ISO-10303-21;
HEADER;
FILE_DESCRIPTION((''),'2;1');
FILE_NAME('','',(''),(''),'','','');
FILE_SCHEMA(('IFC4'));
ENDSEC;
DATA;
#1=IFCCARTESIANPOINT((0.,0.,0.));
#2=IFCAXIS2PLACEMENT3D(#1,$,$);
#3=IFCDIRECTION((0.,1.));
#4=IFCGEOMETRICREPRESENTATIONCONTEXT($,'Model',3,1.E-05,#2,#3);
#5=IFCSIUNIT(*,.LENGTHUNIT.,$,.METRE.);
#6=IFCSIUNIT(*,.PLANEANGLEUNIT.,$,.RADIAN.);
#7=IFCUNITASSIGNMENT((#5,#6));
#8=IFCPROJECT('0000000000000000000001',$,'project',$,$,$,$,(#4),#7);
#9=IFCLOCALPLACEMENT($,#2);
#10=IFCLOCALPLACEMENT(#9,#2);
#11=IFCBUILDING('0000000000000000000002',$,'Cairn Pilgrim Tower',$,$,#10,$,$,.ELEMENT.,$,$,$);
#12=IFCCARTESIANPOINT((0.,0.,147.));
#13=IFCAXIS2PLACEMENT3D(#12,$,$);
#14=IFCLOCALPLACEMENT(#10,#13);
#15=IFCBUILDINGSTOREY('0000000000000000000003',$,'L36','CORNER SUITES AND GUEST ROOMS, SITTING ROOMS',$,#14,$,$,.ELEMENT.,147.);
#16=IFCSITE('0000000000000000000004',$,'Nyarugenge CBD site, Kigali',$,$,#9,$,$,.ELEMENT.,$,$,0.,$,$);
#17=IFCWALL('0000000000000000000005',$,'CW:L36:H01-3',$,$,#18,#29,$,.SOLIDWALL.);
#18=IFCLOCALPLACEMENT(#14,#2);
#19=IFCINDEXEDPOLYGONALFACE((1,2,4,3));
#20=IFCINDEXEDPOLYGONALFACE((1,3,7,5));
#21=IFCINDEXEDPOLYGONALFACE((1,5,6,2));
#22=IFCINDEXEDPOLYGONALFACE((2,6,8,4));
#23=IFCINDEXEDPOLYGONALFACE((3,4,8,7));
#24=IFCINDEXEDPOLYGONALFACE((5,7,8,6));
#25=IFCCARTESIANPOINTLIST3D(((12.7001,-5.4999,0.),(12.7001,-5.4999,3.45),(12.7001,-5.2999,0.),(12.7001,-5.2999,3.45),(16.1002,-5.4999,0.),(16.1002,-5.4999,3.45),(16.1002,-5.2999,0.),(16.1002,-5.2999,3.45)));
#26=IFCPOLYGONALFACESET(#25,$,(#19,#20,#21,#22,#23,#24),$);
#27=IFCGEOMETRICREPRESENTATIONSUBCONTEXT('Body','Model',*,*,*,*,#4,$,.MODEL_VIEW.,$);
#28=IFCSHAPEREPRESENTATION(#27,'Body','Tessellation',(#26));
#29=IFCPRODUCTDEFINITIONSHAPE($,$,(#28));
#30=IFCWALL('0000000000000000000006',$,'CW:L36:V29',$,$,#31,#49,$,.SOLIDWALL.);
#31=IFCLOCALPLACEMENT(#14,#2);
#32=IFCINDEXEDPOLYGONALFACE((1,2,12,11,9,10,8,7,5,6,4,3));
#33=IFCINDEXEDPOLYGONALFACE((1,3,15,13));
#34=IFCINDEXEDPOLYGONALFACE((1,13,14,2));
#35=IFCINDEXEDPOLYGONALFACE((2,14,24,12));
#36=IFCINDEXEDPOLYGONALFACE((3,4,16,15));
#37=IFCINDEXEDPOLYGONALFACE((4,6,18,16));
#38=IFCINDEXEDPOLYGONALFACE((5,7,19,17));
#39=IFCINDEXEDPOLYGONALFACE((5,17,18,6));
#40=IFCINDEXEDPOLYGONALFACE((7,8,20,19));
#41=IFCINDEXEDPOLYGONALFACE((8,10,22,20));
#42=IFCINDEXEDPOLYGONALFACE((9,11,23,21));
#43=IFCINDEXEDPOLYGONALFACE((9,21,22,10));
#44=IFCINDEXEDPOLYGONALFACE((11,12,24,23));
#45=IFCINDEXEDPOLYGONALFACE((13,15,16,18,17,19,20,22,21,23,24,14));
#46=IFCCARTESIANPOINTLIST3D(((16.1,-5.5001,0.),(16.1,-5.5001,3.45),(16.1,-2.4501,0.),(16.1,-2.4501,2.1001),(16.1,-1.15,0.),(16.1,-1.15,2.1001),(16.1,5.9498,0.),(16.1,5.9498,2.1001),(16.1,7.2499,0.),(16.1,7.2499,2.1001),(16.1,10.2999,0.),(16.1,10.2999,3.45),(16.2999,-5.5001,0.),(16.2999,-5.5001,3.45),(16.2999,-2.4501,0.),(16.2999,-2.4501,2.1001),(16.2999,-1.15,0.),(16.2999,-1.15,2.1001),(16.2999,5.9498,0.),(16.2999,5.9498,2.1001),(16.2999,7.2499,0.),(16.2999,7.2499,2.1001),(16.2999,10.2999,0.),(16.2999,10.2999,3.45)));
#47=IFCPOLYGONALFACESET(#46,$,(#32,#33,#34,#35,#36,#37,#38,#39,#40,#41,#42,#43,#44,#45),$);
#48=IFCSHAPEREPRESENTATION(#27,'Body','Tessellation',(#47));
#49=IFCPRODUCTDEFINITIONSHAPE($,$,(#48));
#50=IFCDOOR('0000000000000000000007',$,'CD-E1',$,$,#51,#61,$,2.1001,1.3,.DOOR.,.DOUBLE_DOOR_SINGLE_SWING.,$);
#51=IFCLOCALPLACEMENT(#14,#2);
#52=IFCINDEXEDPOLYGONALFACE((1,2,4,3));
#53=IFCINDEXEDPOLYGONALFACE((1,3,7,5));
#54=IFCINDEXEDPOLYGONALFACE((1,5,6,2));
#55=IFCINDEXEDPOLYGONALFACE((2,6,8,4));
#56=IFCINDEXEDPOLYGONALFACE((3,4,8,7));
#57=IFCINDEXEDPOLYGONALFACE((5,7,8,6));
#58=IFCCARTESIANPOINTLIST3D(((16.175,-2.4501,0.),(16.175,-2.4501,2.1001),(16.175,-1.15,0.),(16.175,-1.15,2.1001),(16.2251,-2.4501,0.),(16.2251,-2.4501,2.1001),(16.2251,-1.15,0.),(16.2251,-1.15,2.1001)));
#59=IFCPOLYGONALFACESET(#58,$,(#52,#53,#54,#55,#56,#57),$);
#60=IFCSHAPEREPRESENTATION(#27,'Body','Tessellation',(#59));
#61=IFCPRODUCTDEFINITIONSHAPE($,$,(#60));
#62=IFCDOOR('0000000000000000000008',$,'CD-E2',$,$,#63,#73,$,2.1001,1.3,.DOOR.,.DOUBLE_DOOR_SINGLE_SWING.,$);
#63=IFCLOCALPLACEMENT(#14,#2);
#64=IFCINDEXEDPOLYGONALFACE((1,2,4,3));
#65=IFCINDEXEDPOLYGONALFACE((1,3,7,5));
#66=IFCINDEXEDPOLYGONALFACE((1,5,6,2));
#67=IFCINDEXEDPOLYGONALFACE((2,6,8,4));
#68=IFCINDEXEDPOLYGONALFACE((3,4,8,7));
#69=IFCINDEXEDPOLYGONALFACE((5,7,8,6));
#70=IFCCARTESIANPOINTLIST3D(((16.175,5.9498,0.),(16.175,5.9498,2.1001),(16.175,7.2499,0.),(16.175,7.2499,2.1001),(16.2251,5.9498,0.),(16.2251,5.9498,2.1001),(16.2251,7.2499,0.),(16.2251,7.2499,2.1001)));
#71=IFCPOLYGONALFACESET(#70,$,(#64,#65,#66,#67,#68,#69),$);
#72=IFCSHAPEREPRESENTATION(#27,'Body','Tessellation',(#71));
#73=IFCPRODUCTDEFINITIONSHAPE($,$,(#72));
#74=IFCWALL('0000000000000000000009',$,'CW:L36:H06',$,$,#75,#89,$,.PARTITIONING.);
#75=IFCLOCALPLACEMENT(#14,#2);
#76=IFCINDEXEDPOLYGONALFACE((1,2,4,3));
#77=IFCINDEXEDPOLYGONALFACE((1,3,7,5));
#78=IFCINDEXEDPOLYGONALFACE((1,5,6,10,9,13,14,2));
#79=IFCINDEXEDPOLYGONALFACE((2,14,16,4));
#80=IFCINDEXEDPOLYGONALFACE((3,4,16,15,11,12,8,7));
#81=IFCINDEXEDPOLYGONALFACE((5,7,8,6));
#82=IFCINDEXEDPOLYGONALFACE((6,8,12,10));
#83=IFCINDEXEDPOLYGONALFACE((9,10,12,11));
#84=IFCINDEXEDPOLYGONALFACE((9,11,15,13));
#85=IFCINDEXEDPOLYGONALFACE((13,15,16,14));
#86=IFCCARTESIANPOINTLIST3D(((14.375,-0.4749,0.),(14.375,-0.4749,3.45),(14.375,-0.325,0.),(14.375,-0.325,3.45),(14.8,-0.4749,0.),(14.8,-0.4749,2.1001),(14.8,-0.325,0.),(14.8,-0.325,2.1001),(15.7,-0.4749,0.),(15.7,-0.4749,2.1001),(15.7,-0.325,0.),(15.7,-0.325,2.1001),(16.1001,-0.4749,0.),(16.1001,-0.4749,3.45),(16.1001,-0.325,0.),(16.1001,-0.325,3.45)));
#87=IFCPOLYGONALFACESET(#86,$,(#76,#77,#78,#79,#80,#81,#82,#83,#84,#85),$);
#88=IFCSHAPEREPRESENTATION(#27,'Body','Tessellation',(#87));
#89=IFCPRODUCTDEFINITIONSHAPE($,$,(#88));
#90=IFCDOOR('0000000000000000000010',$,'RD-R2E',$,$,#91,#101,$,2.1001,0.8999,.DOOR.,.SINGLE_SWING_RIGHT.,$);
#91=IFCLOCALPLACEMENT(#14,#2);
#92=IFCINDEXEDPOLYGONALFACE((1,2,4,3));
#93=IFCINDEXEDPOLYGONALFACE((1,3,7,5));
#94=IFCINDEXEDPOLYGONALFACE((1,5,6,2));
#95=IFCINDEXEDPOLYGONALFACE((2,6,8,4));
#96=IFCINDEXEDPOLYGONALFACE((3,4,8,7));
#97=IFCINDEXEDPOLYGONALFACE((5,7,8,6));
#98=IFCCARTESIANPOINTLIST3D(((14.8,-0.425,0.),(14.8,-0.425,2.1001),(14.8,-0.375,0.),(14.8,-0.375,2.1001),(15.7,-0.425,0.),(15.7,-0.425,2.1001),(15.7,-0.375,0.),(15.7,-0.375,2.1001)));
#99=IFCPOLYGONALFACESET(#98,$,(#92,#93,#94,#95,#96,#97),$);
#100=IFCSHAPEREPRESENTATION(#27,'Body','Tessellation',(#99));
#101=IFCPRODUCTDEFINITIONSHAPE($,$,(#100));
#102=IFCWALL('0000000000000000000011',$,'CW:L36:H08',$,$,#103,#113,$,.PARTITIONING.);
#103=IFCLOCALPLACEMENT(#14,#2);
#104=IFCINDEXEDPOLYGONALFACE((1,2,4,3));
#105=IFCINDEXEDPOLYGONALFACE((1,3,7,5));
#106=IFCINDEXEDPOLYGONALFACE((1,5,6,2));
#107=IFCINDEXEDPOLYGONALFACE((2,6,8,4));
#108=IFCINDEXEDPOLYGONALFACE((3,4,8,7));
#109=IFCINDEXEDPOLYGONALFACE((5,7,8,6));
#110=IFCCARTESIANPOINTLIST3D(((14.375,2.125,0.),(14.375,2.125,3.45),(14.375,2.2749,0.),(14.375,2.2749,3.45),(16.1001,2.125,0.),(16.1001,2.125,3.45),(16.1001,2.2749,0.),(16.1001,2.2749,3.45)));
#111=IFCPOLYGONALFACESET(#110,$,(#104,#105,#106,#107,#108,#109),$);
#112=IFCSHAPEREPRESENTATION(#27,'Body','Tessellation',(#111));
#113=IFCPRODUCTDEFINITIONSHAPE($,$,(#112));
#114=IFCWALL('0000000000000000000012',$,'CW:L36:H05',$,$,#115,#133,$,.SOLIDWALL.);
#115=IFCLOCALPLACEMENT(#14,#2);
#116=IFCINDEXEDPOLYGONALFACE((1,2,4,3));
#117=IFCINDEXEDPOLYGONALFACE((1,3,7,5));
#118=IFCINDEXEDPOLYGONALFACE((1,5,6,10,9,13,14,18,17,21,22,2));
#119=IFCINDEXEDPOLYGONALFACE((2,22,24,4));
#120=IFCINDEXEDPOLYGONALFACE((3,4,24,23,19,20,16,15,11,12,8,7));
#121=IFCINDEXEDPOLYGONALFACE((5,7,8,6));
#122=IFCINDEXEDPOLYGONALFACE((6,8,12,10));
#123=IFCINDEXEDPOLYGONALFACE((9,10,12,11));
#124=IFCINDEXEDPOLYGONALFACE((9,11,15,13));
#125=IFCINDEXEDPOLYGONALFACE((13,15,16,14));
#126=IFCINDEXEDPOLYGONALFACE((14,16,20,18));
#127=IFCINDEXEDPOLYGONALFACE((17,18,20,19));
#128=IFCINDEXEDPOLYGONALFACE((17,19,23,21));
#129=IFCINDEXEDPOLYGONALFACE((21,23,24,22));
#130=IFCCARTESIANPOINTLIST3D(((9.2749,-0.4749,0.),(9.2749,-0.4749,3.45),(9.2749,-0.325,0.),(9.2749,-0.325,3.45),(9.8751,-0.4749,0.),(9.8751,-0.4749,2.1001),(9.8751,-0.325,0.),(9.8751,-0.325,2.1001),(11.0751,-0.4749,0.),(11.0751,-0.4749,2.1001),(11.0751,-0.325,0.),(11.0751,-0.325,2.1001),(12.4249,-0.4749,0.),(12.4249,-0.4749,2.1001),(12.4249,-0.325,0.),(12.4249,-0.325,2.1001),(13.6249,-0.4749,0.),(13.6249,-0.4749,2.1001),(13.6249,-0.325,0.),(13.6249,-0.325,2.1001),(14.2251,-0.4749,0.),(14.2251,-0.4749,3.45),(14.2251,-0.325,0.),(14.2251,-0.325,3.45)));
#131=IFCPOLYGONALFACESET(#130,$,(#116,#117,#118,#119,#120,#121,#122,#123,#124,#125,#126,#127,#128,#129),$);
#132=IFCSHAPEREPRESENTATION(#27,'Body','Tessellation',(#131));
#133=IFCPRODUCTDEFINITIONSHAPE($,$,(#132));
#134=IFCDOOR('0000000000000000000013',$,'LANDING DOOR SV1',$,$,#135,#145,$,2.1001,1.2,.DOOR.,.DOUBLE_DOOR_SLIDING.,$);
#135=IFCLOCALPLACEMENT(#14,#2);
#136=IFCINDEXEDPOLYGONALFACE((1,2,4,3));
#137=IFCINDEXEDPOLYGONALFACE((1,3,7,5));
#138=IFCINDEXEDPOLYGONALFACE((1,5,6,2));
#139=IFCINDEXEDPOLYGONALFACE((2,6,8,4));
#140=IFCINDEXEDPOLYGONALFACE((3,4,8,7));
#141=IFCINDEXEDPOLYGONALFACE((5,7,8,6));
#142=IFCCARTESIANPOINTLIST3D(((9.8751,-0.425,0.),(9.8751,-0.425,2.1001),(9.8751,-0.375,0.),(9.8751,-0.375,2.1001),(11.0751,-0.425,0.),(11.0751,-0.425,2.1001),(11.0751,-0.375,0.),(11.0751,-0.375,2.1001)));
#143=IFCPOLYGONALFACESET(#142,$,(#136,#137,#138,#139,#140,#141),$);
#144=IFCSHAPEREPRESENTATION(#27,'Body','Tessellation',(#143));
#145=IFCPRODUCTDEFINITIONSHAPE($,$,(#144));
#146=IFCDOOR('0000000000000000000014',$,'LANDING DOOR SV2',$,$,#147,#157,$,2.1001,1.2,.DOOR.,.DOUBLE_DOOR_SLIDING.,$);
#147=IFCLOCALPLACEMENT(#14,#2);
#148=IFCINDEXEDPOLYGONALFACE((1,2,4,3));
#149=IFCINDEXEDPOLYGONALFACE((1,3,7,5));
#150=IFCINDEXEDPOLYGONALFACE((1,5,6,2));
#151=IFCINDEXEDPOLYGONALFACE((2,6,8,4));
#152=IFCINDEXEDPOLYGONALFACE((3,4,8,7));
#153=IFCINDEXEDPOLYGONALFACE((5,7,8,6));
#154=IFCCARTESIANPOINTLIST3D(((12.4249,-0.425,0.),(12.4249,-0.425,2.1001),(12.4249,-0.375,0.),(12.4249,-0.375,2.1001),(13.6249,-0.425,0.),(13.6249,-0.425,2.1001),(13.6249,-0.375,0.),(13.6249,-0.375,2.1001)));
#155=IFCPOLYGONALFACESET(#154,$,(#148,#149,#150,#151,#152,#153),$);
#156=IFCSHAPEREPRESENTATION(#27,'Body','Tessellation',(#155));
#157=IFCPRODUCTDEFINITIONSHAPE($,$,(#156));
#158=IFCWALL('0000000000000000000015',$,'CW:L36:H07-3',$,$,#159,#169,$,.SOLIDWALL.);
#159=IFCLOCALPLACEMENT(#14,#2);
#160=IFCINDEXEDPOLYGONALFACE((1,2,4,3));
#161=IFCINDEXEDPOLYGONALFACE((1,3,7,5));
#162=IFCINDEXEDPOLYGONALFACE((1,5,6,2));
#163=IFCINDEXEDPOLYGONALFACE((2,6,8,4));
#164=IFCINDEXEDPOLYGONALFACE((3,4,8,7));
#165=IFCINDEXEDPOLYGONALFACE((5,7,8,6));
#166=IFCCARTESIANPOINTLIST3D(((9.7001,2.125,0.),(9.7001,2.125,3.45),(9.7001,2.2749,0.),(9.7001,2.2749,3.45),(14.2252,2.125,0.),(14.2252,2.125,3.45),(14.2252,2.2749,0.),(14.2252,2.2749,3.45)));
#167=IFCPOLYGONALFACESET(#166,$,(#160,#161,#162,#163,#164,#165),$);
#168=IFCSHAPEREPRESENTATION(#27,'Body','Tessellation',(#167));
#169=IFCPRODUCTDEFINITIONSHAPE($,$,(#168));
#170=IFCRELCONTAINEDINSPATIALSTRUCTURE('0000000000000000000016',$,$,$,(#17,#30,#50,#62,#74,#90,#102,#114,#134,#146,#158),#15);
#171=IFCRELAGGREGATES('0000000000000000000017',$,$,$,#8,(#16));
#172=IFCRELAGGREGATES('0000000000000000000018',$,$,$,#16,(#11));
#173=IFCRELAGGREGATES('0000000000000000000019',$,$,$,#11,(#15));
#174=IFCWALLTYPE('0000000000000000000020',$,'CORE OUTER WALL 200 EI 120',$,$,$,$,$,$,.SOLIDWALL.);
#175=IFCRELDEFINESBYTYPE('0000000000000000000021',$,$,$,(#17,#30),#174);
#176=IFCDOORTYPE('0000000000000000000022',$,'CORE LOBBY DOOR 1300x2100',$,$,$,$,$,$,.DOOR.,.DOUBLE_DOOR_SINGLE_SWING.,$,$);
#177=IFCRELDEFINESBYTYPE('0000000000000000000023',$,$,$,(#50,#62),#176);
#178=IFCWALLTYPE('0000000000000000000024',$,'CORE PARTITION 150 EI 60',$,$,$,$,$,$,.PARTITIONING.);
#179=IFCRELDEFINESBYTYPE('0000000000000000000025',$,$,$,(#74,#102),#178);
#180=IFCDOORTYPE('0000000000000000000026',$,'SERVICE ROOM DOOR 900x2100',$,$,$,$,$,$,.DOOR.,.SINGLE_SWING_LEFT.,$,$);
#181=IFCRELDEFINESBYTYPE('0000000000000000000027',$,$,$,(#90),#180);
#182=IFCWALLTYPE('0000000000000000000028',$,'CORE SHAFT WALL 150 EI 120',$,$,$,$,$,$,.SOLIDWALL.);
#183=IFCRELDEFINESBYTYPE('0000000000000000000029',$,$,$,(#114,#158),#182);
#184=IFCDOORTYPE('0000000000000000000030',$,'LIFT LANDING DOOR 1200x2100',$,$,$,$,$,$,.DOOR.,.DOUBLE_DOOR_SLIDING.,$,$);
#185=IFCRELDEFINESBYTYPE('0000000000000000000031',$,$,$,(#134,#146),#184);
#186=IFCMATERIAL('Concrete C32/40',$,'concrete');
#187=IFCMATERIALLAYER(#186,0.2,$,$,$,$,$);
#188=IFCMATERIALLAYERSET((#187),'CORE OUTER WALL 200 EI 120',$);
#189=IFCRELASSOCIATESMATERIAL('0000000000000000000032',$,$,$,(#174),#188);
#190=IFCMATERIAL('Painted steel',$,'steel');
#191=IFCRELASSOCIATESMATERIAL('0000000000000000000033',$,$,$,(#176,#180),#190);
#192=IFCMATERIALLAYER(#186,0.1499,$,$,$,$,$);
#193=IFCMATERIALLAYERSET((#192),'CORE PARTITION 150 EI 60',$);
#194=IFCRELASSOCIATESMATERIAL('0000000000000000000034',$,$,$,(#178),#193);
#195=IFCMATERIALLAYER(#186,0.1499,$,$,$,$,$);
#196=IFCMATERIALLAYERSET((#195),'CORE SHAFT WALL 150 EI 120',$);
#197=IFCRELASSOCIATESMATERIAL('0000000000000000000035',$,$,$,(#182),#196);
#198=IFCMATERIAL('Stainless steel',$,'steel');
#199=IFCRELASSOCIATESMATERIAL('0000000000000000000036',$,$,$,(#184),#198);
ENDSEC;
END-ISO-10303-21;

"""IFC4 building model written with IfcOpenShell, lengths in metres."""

from ifc_helpers import new_model, si_unit, direction, frame, frame_2d, origin, place, context, subcontext, project, spatial, rectangle, extrude, material, layer, layer_set, type_object, element, fill, save


model = new_model("IFC4")

# Units and contexts
model_context = context("Model", 3, precision=1e-05, world=origin(), true_north=direction((0.0, 1.0)))
body_context = subcontext(model_context, "Body", "Model", "MODEL_VIEW")
ifc_project = project(units=[si_unit("LENGTHUNIT", "METRE"), si_unit("PLANEANGLEUNIT", "RADIAN")], contexts=[model_context])

# Site, building, storey
site_placement = place(None, origin())
site = spatial("IfcSite", under=ifc_project, at=site_placement, Name="Nyarugenge CBD site, Kigali", CompositionType="ELEMENT", RefElevation=0.0)
building_placement = place(site_placement, origin())
building = spatial("IfcBuilding", under=site, at=building_placement, Name="Cairn Pilgrim Tower", CompositionType="ELEMENT")
storey_placement = place(building_placement, frame((0.0, 0.0, 147.0)))
storey = spatial("IfcBuildingStorey", under=building, at=storey_placement, Name="L36", Description="CORNER SUITES AND GUEST ROOMS, SITTING ROOMS", CompositionType="ELEMENT", Elevation=147.0)

# Wall
ifc_material_1 = material(Name="Concrete C32/40", Category="concrete")
ifc_layer_1 = layer(ifc_material_1, 0.2)
ifc_layer_set_1 = layer_set([ifc_layer_1], Name="CORE OUTER WALL 200 EI 120")
wall_type_1 = type_object("IfcWallType", Name="CORE OUTER WALL 200 EI 120", PredefinedType="SOLIDWALL", material=ifc_layer_set_1)
wall_1_placement = place(storey_placement, frame((12.7, -5.3999, 0.0), z_axis=(0.0, 0.0, 1.0), x_axis=(1.0, 0.0, 0.0)))
element("IfcWall", 1, at=wall_1_placement, inside=storey, type_object=wall_type_1, Name="CW:L36:H01-3", PredefinedType="SOLIDWALL", context=body_context, shape_type="SweptSolid", body=[
    extrude(rectangle(XDim=3.4001, YDim=0.2, at=frame_2d((1.7002, 0.0))), origin(), (0.0, 0.0, 1.0), 3.45),
])

# Wall, openings, doors
wall_2_placement = place(storey_placement, frame((16.2, -5.5, 0.0), z_axis=(0.0, 0.0, 1.0), x_axis=(0.0, 1.0, 0.0)))
wall_2 = element("IfcWall", 2, at=wall_2_placement, inside=storey, type_object=wall_type_1, Name="CW:L36:V29", PredefinedType="SOLIDWALL", context=body_context, shape_type="SweptSolid", body=[
    extrude(rectangle(XDim=15.8, YDim=0.2, at=frame_2d((7.8999, 0.0))), origin(), (0.0, 0.0, 1.0), 3.45),
])
opening_1_placement = place(wall_2_placement, frame((3.05, 0.0, 0.0)))
opening_1 = element("IfcOpeningElement", 3, at=opening_1_placement, cuts=wall_2, PredefinedType="OPENING", context=body_context, shape_type="SweptSolid", body=[
    extrude(rectangle(XDim=1.3, YDim=2.1001, at=frame_2d((0.6499, 1.05))), frame((0.0, 0.1099, 0.0), z_axis=(0.0, -1.0, 0.0), x_axis=(1.0, 0.0, 0.0)), (0.0, 0.0, 1.0), 0.22),
])
opening_2_placement = place(wall_2_placement, frame((11.45, 0.0, 0.0)))
opening_2 = element("IfcOpeningElement", 4, at=opening_2_placement, cuts=wall_2, PredefinedType="OPENING", context=body_context, shape_type="SweptSolid", body=[
    extrude(rectangle(XDim=1.3, YDim=2.1001, at=frame_2d((0.6499, 1.05))), frame((0.0, 0.1099, 0.0), z_axis=(0.0, -1.0, 0.0), x_axis=(1.0, 0.0, 0.0)), (0.0, 0.0, 1.0), 0.22),
])
ifc_material_2 = material(Name="Painted steel", Category="steel")
door_type_1 = type_object("IfcDoorType", Name="CORE LOBBY DOOR 1300x2100", OperationType="DOUBLE_DOOR_SINGLE_SWING", PredefinedType="DOOR", material=ifc_material_2)
door_1_placement = place(opening_1_placement, origin())
door_1 = element("IfcDoor", 5, at=door_1_placement, inside=storey, type_object=door_type_1, Name="CD-E1", OperationType="DOUBLE_DOOR_SINGLE_SWING", OverallHeight=2.1001, OverallWidth=1.3, PredefinedType="DOOR", context=body_context, shape_type="SweptSolid", body=[
    extrude(rectangle(XDim=1.3, YDim=2.1001, at=frame_2d((0.6499, 1.05))), frame((0.0, 0.0249, 0.0), z_axis=(0.0, -1.0, 0.0), x_axis=(1.0, 0.0, 0.0)), (0.0, 0.0, 1.0), 0.05),
])
fill(opening_1, door_1)
door_2_placement = place(opening_2_placement, origin())
door_2 = element("IfcDoor", 6, at=door_2_placement, inside=storey, type_object=door_type_1, Name="CD-E2", OperationType="DOUBLE_DOOR_SINGLE_SWING", OverallHeight=2.1001, OverallWidth=1.3, PredefinedType="DOOR", context=body_context, shape_type="SweptSolid", body=[
    extrude(rectangle(XDim=1.3, YDim=2.1001, at=frame_2d((0.6499, 1.05))), frame((0.0, 0.0249, 0.0), z_axis=(0.0, -1.0, 0.0), x_axis=(1.0, 0.0, 0.0)), (0.0, 0.0, 1.0), 0.05),
])
fill(opening_2, door_2)

# Wall, opening, door
ifc_layer_2 = layer(ifc_material_1, 0.1499)
ifc_layer_set_2 = layer_set([ifc_layer_2], Name="CORE PARTITION 150 EI 60")
wall_type_2 = type_object("IfcWallType", Name="CORE PARTITION 150 EI 60", PredefinedType="PARTITIONING", material=ifc_layer_set_2)
wall_3_placement = place(storey_placement, frame((14.375, -0.3999, 0.0), z_axis=(0.0, 0.0, 1.0), x_axis=(1.0, 0.0, 0.0)))
wall_3 = element("IfcWall", 7, at=wall_3_placement, inside=storey, type_object=wall_type_2, Name="CW:L36:H06", PredefinedType="PARTITIONING", context=body_context, shape_type="SweptSolid", body=[
    extrude(rectangle(XDim=1.7251, YDim=0.1499, at=frame_2d((0.8625, 0.0))), origin(), (0.0, 0.0, 1.0), 3.45),
])
opening_3_placement = place(wall_3_placement, frame((0.425, 0.0, 0.0)))
opening_3 = element("IfcOpeningElement", 8, at=opening_3_placement, cuts=wall_3, PredefinedType="OPENING", context=body_context, shape_type="SweptSolid", body=[
    extrude(rectangle(XDim=0.8999, YDim=2.1001, at=frame_2d((0.45, 1.05))), frame((0.0, 0.085, 0.0), z_axis=(0.0, -1.0, 0.0), x_axis=(1.0, 0.0, 0.0)), (0.0, 0.0, 1.0), 0.1699),
])
door_type_2 = type_object("IfcDoorType", Name="SERVICE ROOM DOOR 900x2100", OperationType="SINGLE_SWING_LEFT", PredefinedType="DOOR", material=ifc_material_2)
door_3_placement = place(opening_3_placement, origin())
door_3 = element("IfcDoor", 9, at=door_3_placement, inside=storey, type_object=door_type_2, Name="RD-R2E", OperationType="SINGLE_SWING_RIGHT", OverallHeight=2.1001, OverallWidth=0.8999, PredefinedType="DOOR", context=body_context, shape_type="SweptSolid", body=[
    extrude(rectangle(XDim=0.8999, YDim=2.1001, at=frame_2d((0.45, 1.05))), frame((0.0, 0.0249, 0.0), z_axis=(0.0, -1.0, 0.0), x_axis=(1.0, 0.0, 0.0)), (0.0, 0.0, 1.0), 0.05),
])
fill(opening_3, door_3)

# Wall
wall_4_placement = place(storey_placement, frame((14.375, 2.2, 0.0), z_axis=(0.0, 0.0, 1.0), x_axis=(1.0, 0.0, 0.0)))
element("IfcWall", 10, at=wall_4_placement, inside=storey, type_object=wall_type_2, Name="CW:L36:H08", PredefinedType="PARTITIONING", context=body_context, shape_type="SweptSolid", body=[
    extrude(rectangle(XDim=1.7251, YDim=0.1499, at=frame_2d((0.8625, 0.0))), origin(), (0.0, 0.0, 1.0), 3.45),
])

# Wall, openings, doors
ifc_layer_3 = layer(ifc_material_1, 0.1499)
ifc_layer_set_3 = layer_set([ifc_layer_3], Name="CORE SHAFT WALL 150 EI 120")
wall_type_3 = type_object("IfcWallType", Name="CORE SHAFT WALL 150 EI 120", PredefinedType="SOLIDWALL", material=ifc_layer_set_3)
wall_5_placement = place(storey_placement, frame((9.2749, -0.3999, 0.0), z_axis=(0.0, 0.0, 1.0), x_axis=(1.0, 0.0, 0.0)))
wall_5 = element("IfcWall", 11, at=wall_5_placement, inside=storey, type_object=wall_type_3, Name="CW:L36:H05", PredefinedType="SOLIDWALL", context=body_context, shape_type="SweptSolid", body=[
    extrude(rectangle(XDim=4.9502, YDim=0.1499, at=frame_2d((2.4751, 0.0))), origin(), (0.0, 0.0, 1.0), 3.45),
])
opening_4_placement = place(wall_5_placement, frame((0.6001, 0.0, 0.0)))
opening_4 = element("IfcOpeningElement", 12, at=opening_4_placement, cuts=wall_5, PredefinedType="OPENING", context=body_context, shape_type="SweptSolid", body=[
    extrude(rectangle(XDim=1.2, YDim=2.1001, at=frame_2d((0.6001, 1.05))), frame((0.0, 0.085, 0.0), z_axis=(0.0, -1.0, 0.0), x_axis=(1.0, 0.0, 0.0)), (0.0, 0.0, 1.0), 0.1699),
])
opening_5_placement = place(wall_5_placement, frame((3.1499, 0.0, 0.0)))
opening_5 = element("IfcOpeningElement", 13, at=opening_5_placement, cuts=wall_5, PredefinedType="OPENING", context=body_context, shape_type="SweptSolid", body=[
    extrude(rectangle(XDim=1.2, YDim=2.1001, at=frame_2d((0.6001, 1.05))), frame((0.0, 0.085, 0.0), z_axis=(0.0, -1.0, 0.0), x_axis=(1.0, 0.0, 0.0)), (0.0, 0.0, 1.0), 0.1699),
])
ifc_material_3 = material(Name="Stainless steel", Category="steel")
door_type_3 = type_object("IfcDoorType", Name="LIFT LANDING DOOR 1200x2100", OperationType="DOUBLE_DOOR_SLIDING", PredefinedType="DOOR", material=ifc_material_3)
door_4_placement = place(opening_4_placement, origin())
door_4 = element("IfcDoor", 14, at=door_4_placement, inside=storey, type_object=door_type_3, Name="LANDING DOOR SV1", OperationType="DOUBLE_DOOR_SLIDING", OverallHeight=2.1001, OverallWidth=1.2, PredefinedType="DOOR", context=body_context, shape_type="SweptSolid", body=[
    extrude(rectangle(XDim=1.2, YDim=2.1001, at=frame_2d((0.6001, 1.05))), frame((0.0, 0.0249, 0.0), z_axis=(0.0, -1.0, 0.0), x_axis=(1.0, 0.0, 0.0)), (0.0, 0.0, 1.0), 0.05),
])
fill(opening_4, door_4)
door_5_placement = place(opening_5_placement, origin())
door_5 = element("IfcDoor", 15, at=door_5_placement, inside=storey, type_object=door_type_3, Name="LANDING DOOR SV2", OperationType="DOUBLE_DOOR_SLIDING", OverallHeight=2.1001, OverallWidth=1.2, PredefinedType="DOOR", context=body_context, shape_type="SweptSolid", body=[
    extrude(rectangle(XDim=1.2, YDim=2.1001, at=frame_2d((0.6001, 1.05))), frame((0.0, 0.0249, 0.0), z_axis=(0.0, -1.0, 0.0), x_axis=(1.0, 0.0, 0.0)), (0.0, 0.0, 1.0), 0.05),
])
fill(opening_5, door_5)

# Wall
wall_6_placement = place(storey_placement, frame((9.7, 2.2, 0.0), z_axis=(0.0, 0.0, 1.0), x_axis=(1.0, 0.0, 0.0)))
element("IfcWall", 16, at=wall_6_placement, inside=storey, type_object=wall_type_3, Name="CW:L36:H07-3", PredefinedType="SOLIDWALL", context=body_context, shape_type="SweptSolid", body=[
    extrude(rectangle(XDim=4.5251, YDim=0.1499, at=frame_2d((2.2627, 0.0))), origin(), (0.0, 0.0, 1.0), 3.45),
])

save(model, "model.ifc")
